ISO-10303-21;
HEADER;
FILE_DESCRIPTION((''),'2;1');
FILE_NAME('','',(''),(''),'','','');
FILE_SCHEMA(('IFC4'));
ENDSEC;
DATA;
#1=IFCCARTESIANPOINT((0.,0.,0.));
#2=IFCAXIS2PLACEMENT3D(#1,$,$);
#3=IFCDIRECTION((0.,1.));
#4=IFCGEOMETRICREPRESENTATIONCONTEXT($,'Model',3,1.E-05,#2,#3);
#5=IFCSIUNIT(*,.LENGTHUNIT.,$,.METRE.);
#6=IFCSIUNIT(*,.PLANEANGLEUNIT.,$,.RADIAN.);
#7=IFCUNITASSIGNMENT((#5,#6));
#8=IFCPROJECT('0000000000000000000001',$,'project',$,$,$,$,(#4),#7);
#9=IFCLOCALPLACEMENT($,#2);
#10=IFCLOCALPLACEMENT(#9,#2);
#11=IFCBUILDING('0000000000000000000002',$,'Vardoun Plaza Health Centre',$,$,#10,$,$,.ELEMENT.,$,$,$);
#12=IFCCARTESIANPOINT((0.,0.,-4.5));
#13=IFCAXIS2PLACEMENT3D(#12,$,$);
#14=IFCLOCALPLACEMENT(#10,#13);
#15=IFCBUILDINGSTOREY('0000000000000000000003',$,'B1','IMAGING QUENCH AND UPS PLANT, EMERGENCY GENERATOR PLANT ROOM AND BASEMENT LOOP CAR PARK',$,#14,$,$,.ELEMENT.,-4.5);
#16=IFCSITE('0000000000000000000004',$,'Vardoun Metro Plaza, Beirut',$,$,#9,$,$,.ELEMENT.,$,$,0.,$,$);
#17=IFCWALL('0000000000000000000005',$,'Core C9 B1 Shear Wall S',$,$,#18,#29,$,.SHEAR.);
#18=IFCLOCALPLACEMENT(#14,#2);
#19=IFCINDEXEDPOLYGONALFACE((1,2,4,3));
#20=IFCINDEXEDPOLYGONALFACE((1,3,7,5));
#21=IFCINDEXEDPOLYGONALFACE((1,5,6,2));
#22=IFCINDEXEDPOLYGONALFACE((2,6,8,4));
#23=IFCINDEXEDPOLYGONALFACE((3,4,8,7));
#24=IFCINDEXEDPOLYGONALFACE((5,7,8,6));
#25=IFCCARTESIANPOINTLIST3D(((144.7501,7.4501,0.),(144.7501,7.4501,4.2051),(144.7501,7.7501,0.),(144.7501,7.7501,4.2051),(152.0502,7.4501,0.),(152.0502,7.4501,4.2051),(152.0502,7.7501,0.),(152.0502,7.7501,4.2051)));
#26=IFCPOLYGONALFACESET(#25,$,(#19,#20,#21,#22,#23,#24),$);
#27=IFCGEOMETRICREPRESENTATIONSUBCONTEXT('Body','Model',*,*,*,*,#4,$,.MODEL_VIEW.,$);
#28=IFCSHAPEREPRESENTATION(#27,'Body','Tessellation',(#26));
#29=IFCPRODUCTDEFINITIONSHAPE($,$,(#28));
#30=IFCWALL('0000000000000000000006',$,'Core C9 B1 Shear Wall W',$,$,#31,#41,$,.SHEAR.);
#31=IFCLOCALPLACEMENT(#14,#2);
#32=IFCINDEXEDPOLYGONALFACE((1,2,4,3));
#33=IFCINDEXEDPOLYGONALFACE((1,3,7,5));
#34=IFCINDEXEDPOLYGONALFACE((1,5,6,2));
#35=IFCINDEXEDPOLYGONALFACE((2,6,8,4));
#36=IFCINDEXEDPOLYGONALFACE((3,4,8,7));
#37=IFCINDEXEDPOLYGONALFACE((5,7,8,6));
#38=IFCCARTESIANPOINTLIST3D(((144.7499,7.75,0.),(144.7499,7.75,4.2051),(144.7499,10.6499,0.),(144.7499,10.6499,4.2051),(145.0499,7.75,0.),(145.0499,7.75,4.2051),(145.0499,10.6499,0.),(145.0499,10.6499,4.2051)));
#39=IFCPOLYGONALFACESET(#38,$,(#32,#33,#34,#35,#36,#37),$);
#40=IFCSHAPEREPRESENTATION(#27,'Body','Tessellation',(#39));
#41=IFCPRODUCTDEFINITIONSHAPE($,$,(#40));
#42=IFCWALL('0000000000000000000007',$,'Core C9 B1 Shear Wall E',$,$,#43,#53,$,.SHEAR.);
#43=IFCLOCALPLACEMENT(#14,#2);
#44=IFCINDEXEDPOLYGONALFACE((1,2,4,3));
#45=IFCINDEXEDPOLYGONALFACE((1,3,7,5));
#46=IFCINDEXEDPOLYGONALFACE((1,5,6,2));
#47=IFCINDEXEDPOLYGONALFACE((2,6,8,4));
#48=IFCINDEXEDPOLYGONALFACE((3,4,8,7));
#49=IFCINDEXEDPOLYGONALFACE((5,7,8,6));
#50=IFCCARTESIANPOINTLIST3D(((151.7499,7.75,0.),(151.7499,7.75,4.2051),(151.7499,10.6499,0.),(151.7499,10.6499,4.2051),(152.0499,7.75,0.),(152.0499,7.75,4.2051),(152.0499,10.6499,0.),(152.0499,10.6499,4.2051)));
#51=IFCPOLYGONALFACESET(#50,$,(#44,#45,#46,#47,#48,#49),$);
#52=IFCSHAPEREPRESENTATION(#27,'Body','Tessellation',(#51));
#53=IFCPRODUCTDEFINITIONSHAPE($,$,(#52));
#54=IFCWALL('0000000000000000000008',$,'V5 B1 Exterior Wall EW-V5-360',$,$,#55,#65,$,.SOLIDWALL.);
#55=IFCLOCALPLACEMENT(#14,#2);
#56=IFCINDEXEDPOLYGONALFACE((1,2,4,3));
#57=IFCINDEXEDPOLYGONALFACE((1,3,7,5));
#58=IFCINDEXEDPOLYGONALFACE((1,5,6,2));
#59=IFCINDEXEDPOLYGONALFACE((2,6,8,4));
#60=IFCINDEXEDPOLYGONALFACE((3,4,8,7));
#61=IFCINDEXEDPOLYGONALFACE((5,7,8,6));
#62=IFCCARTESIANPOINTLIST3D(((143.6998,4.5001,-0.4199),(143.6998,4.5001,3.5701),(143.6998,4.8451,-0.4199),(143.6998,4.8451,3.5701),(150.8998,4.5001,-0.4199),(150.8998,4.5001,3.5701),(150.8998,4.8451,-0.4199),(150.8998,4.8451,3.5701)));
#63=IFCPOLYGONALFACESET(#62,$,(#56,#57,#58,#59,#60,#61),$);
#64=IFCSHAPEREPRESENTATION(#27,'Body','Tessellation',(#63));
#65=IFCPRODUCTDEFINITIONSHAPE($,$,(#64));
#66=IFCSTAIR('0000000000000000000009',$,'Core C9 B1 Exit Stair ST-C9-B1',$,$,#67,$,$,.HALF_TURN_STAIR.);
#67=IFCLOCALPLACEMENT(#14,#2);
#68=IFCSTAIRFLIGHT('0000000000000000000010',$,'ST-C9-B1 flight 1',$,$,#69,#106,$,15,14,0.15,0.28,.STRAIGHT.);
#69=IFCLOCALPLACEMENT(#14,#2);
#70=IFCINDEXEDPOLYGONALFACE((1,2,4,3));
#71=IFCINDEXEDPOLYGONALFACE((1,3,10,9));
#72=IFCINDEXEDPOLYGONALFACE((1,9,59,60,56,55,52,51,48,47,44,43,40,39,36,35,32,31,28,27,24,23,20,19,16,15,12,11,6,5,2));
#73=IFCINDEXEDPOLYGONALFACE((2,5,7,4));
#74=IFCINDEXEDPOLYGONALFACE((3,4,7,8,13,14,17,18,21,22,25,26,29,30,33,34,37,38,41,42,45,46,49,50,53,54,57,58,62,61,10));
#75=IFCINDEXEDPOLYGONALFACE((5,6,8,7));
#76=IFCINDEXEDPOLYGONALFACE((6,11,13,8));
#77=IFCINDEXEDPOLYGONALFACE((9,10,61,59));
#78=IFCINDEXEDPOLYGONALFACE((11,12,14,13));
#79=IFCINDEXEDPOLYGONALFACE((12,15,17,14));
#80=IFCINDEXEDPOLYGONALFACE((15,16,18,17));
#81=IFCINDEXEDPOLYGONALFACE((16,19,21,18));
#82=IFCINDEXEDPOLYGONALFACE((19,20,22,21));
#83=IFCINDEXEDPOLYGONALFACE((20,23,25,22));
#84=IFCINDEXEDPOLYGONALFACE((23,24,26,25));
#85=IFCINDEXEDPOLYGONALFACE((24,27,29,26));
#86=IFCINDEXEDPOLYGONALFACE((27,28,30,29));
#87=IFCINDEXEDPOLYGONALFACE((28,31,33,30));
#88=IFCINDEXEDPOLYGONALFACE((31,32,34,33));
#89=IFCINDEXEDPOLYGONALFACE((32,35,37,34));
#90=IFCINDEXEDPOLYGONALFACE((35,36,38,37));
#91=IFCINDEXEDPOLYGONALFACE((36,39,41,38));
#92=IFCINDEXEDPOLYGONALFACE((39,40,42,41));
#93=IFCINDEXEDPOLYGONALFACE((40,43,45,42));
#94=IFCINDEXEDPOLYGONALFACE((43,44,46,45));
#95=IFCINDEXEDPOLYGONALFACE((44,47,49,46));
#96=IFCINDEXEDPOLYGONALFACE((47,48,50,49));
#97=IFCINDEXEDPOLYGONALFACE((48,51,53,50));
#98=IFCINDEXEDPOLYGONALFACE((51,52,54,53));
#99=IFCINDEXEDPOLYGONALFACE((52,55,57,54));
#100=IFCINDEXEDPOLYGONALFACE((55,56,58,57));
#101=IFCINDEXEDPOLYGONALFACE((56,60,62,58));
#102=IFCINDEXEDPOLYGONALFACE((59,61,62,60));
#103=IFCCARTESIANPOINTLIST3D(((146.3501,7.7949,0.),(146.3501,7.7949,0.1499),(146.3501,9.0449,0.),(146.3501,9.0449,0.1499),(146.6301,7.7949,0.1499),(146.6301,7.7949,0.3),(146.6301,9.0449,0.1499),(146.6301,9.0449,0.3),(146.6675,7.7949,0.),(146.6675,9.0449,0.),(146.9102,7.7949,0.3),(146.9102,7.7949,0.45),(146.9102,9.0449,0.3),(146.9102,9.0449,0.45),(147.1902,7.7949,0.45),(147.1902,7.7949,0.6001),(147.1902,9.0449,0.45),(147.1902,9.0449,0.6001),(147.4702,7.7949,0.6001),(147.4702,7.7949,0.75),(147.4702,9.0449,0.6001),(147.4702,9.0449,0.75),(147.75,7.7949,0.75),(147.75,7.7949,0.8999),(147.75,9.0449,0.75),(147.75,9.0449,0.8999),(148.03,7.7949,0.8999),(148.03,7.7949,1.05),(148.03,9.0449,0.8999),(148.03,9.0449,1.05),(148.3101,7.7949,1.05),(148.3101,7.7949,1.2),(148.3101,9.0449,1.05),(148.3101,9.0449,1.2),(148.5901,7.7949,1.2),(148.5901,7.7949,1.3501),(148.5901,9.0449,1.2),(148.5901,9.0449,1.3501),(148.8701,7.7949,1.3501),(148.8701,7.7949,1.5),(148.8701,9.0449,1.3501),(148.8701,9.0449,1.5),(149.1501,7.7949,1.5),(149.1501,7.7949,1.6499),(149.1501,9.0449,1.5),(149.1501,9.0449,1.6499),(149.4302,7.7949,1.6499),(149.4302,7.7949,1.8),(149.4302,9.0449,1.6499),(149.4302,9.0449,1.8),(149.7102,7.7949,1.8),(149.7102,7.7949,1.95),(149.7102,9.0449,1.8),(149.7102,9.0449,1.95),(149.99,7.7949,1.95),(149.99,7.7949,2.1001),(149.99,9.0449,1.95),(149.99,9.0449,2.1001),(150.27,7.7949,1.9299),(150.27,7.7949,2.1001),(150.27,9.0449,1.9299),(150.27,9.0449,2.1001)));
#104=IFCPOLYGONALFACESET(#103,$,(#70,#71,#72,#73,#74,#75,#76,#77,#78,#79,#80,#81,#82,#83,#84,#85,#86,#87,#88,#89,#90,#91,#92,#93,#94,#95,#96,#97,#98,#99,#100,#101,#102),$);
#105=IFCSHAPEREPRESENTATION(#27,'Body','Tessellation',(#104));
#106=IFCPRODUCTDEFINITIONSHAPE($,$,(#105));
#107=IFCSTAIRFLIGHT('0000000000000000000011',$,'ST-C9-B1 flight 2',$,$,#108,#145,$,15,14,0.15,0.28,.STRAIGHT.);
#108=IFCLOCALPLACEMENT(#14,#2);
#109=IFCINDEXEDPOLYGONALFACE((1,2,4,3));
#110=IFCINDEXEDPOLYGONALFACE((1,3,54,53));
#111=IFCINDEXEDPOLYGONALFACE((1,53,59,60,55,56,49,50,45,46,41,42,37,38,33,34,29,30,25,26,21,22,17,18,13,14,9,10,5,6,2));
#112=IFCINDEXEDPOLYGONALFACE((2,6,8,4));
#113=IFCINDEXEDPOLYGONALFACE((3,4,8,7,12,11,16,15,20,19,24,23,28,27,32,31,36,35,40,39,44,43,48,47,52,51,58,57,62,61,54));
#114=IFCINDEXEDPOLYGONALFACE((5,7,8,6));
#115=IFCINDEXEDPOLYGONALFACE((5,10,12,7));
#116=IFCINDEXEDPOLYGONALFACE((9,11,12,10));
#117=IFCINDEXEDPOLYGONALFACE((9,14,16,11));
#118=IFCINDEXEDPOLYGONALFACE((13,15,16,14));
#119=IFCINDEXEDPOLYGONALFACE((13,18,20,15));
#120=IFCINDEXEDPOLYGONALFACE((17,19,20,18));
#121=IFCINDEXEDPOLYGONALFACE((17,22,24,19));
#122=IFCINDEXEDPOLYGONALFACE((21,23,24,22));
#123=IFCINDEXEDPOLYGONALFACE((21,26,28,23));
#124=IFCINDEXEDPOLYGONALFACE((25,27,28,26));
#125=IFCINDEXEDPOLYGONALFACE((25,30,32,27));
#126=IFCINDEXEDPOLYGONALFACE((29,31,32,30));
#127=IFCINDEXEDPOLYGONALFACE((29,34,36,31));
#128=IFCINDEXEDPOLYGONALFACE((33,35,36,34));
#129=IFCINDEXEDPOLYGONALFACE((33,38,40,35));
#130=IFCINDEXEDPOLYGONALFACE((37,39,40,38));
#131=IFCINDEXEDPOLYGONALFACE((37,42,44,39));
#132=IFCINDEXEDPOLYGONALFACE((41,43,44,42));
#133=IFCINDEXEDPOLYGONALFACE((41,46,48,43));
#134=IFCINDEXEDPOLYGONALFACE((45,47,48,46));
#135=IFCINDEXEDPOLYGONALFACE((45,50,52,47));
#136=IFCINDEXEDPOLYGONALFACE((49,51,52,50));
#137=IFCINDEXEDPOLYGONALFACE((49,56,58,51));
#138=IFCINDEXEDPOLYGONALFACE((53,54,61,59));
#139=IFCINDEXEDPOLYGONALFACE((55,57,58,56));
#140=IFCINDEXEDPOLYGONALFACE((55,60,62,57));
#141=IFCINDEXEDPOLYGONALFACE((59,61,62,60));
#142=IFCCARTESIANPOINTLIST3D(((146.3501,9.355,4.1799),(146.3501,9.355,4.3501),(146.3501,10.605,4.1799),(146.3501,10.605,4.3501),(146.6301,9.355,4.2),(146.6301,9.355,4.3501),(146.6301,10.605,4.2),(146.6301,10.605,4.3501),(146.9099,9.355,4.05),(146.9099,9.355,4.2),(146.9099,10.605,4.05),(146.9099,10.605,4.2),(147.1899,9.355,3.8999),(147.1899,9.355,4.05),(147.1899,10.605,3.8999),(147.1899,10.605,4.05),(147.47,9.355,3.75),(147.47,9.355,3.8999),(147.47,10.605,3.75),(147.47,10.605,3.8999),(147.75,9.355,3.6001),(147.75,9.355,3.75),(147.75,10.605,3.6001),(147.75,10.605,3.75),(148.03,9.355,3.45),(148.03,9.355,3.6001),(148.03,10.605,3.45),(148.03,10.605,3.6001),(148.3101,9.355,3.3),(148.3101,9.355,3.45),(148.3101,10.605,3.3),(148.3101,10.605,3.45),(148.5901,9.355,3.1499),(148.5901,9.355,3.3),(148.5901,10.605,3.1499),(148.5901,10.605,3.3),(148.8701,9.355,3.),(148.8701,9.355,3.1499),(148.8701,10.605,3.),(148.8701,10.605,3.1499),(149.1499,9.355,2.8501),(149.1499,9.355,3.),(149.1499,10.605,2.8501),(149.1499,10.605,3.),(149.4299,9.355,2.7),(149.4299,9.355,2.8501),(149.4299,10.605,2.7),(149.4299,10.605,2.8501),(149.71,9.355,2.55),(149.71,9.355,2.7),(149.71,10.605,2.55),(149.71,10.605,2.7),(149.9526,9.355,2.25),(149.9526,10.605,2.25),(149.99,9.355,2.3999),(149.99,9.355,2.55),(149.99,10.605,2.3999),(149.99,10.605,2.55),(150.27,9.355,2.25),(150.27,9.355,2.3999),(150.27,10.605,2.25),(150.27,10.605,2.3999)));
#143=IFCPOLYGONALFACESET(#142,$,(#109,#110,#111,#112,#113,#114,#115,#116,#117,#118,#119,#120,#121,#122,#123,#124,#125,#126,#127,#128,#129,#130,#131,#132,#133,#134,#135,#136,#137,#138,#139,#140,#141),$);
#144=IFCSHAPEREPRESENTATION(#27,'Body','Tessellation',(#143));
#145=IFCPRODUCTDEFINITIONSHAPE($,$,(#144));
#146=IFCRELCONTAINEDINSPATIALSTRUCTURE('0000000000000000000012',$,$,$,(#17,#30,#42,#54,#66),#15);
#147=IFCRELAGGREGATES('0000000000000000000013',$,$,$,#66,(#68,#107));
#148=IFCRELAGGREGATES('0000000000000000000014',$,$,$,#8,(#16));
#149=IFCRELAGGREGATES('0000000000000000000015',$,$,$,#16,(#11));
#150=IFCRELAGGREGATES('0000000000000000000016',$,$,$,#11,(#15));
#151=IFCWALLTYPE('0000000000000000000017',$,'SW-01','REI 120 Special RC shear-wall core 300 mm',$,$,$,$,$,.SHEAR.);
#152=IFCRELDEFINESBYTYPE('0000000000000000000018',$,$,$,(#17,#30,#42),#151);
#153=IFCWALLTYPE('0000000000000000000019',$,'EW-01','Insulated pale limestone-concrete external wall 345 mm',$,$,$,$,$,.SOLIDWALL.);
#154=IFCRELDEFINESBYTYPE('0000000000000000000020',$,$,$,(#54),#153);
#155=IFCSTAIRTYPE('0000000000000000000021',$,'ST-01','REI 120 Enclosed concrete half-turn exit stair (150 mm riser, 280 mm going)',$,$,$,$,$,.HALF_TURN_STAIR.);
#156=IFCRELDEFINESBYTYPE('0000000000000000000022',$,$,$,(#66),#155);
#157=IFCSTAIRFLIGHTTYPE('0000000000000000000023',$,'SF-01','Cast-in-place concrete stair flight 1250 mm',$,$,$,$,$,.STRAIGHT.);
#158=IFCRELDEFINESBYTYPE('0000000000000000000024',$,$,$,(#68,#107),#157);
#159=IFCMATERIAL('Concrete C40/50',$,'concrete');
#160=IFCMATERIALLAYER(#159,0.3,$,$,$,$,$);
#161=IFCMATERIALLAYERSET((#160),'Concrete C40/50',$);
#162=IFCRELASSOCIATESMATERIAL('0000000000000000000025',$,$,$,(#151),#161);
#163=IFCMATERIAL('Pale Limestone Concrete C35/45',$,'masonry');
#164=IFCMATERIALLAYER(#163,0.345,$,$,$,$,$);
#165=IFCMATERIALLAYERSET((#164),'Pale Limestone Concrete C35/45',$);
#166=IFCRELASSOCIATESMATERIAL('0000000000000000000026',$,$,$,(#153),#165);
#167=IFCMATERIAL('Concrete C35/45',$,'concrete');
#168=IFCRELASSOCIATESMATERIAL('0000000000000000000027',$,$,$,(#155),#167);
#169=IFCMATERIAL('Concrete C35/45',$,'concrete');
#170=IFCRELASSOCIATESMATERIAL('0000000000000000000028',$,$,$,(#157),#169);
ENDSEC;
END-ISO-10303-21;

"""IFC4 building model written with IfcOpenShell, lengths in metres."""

from ifc_helpers import new_model, si_unit, direction, frame, frame_2d, origin, place, context, subcontext, project, spatial, polyline, rectangle, outline, extrude, material, layer, layer_set, type_object, element, aggregate, save


model = new_model("IFC4")

# Units and contexts
model_context = context("Model", 3, precision=1e-05, world=origin(), true_north=direction((0.0, 1.0)))
body_context = subcontext(model_context, "Body", "Model", "MODEL_VIEW")
ifc_project = project(units=[si_unit("LENGTHUNIT", "METRE"), si_unit("PLANEANGLEUNIT", "RADIAN")], contexts=[model_context])

# Site, building, storey
site_placement = place(None, origin())
site = spatial("IfcSite", under=ifc_project, at=site_placement, Name="Vardoun Metro Plaza, Beirut", CompositionType="ELEMENT", RefElevation=0.0)
building_placement = place(site_placement, origin())
building = spatial("IfcBuilding", under=site, at=building_placement, Name="Vardoun Plaza Health Centre", CompositionType="ELEMENT")
storey_placement = place(building_placement, frame((0.0, 0.0, -4.5)))
storey = spatial("IfcBuildingStorey", under=building, at=storey_placement, Name="B1", Description="IMAGING QUENCH AND UPS PLANT, EMERGENCY GENERATOR PLANT ROOM AND BASEMENT LOOP CAR PARK", CompositionType="ELEMENT", Elevation=-4.5)

# Walls
ifc_material_1 = material(Name="Concrete C40/50", Category="concrete")
ifc_layer_1 = layer(ifc_material_1, 0.3)
ifc_layer_set_1 = layer_set([ifc_layer_1], Name="Concrete C40/50")
wall_type_1 = type_object("IfcWallType", Name="SW-01", Description="REI 120 Special RC shear-wall core 300 mm", PredefinedType="SHEAR", material=ifc_layer_set_1)
wall_1_placement = place(storey_placement, frame((152.05, 7.6001, 0.0), z_axis=(0.0, 0.0, 1.0), x_axis=(-1.0, 0.0, 0.0)))
element("IfcWall", 1, at=wall_1_placement, inside=storey, type_object=wall_type_1, Name="Core C9 B1 Shear Wall S", PredefinedType="SHEAR", context=body_context, shape_type="SweptSolid", body=[
    extrude(rectangle(XDim=7.3, YDim=0.3, at=frame_2d((3.6499, 0.0))), origin(), (0.0, 0.0, 1.0), 4.2051),
])
wall_2_placement = place(storey_placement, frame((144.8999, 7.75, 0.0), z_axis=(0.0, 0.0, 1.0), x_axis=(0.0, 1.0, 0.0)))
element("IfcWall", 2, at=wall_2_placement, inside=storey, type_object=wall_type_1, Name="Core C9 B1 Shear Wall W", PredefinedType="SHEAR", context=body_context, shape_type="SweptSolid", body=[
    extrude(rectangle(XDim=2.8999, YDim=0.3, at=frame_2d((1.45, 0.0))), origin(), (0.0, 0.0, 1.0), 4.2051),
])

# Walls
wall_3_placement = place(storey_placement, frame((151.8999, 10.6499, 0.0), z_axis=(0.0, 0.0, 1.0), x_axis=(0.0, -1.0, 0.0)))
element("IfcWall", 3, at=wall_3_placement, inside=storey, type_object=wall_type_1, Name="Core C9 B1 Shear Wall E", PredefinedType="SHEAR", context=body_context, shape_type="SweptSolid", body=[
    extrude(rectangle(XDim=2.8999, YDim=0.3, at=frame_2d((1.45, 0.0))), origin(), (0.0, 0.0, 1.0), 4.2051),
])
ifc_material_2 = material(Name="Pale Limestone Concrete C35/45", Category="masonry")
ifc_layer_2 = layer(ifc_material_2, 0.345)
ifc_layer_set_2 = layer_set([ifc_layer_2], Name="Pale Limestone Concrete C35/45")
wall_type_2 = type_object("IfcWallType", Name="EW-01", Description="Insulated pale limestone-concrete external wall 345 mm", PredefinedType="SOLIDWALL", material=ifc_layer_set_2)
wall_4_placement = place(storey_placement, frame((150.8999, 4.6726, -0.4199), z_axis=(0.0, 0.0, 1.0), x_axis=(-1.0, 0.0, 0.0)))
element("IfcWall", 4, at=wall_4_placement, inside=storey, type_object=wall_type_2, Name="V5 B1 Exterior Wall EW-V5-360", PredefinedType="SOLIDWALL", context=body_context, shape_type="SweptSolid", body=[
    extrude(rectangle(XDim=7.2, YDim=0.345, at=frame_2d((3.6001, 0.0))), origin(), (0.0, 0.0, 1.0), 3.99),
])

# Stair, stair flights
ifc_material_3 = material(Name="Concrete C35/45", Category="concrete")
stair_type = type_object("IfcStairType", Name="ST-01", Description="REI 120 Enclosed concrete half-turn exit stair (150 mm riser, 280 mm going)", PredefinedType="HALF_TURN_STAIR", material=ifc_material_3)
stair_placement = place(storey_placement, origin())
stair = element("IfcStair", 5, at=stair_placement, inside=storey, type_object=stair_type, Name="Core C9 B1 Exit Stair ST-C9-B1", PredefinedType="HALF_TURN_STAIR")
ifc_material_4 = material(Name="Concrete C35/45", Category="concrete")
stair_flight_type = type_object("IfcStairFlightType", Name="SF-01", Description="Cast-in-place concrete stair flight 1250 mm", PredefinedType="STRAIGHT", material=ifc_material_4)
stair_flight_1_placement = place(storey_placement, frame((146.3501, 8.4199, 0.0), z_axis=(0.0, 0.0, 1.0), x_axis=(1.0, 0.0, 0.0)))
stair_flight_1 = element("IfcStairFlight", 6, at=stair_flight_1_placement, type_object=stair_flight_type, Name="ST-C9-B1 flight 1", NumberOfRisers=15, NumberOfTreads=14, PredefinedType="STRAIGHT", RiserHeight=0.15, TreadLength=0.28, context=body_context, shape_type="SweptSolid", body=[
    extrude(outline(polyline([(0.0, 0.0), (0.0, 0.1499), (0.28, 0.1499), (0.28, 0.3), (0.5601, 0.3), (0.5601, 0.45), (0.8401, 0.45), (0.8401, 0.6001), (1.1201, 0.6001), (1.1201, 0.75), (1.3999, 0.75), (1.3999, 0.8999), (1.6799, 0.8999), (1.6799, 1.05), (1.96, 1.05), (1.96, 1.2), (2.24, 1.2), (2.24, 1.3501), (2.52, 1.3501), (2.52, 1.5), (2.8, 1.5), (2.8, 1.6499), (3.0801, 1.6499), (3.0801, 1.8), (3.3601, 1.8), (3.3601, 1.95), (3.6399, 1.95), (3.6399, 2.1001), (3.9199, 2.1001), (3.9199, 2.25), (3.9199, 1.9299), (0.3174, 0.0), (0.0, 0.0)])), frame((0.0, 0.625, 0.0), z_axis=(0.0, -1.0, 0.0), x_axis=(1.0, 0.0, 0.0)), (0.0, 0.0, 1.0), 1.25),
])
stair_flight_2_placement = place(storey_placement, frame((150.27, 9.98, 2.25), z_axis=(0.0, 0.0, 1.0), x_axis=(-1.0, 0.0, 0.0)))
stair_flight_2 = element("IfcStairFlight", 7, at=stair_flight_2_placement, type_object=stair_flight_type, Name="ST-C9-B1 flight 2", NumberOfRisers=15, NumberOfTreads=14, PredefinedType="STRAIGHT", RiserHeight=0.15, TreadLength=0.28, context=body_context, shape_type="SweptSolid", body=[
    extrude(outline(polyline([(0.0, 0.0), (0.0, 0.1499), (0.28, 0.1499), (0.28, 0.3), (0.5601, 0.3), (0.5601, 0.45), (0.8401, 0.45), (0.8401, 0.6001), (1.1201, 0.6001), (1.1201, 0.75), (1.3999, 0.75), (1.3999, 0.8999), (1.6799, 0.8999), (1.6799, 1.05), (1.96, 1.05), (1.96, 1.2), (2.24, 1.2), (2.24, 1.3501), (2.52, 1.3501), (2.52, 1.5), (2.8, 1.5), (2.8, 1.6499), (3.0801, 1.6499), (3.0801, 1.8), (3.3601, 1.8), (3.3601, 1.95), (3.6399, 1.95), (3.6399, 2.1001), (3.9199, 2.1001), (3.9199, 2.25), (3.9199, 1.9299), (0.3174, 0.0), (0.0, 0.0)])), frame((0.0, 0.625, 0.0), z_axis=(0.0, -1.0, 0.0), x_axis=(1.0, 0.0, 0.0)), (0.0, 0.0, 1.0), 1.25),
])
aggregate(stair, [stair_flight_1, stair_flight_2])

save(model, "model.ifc")
